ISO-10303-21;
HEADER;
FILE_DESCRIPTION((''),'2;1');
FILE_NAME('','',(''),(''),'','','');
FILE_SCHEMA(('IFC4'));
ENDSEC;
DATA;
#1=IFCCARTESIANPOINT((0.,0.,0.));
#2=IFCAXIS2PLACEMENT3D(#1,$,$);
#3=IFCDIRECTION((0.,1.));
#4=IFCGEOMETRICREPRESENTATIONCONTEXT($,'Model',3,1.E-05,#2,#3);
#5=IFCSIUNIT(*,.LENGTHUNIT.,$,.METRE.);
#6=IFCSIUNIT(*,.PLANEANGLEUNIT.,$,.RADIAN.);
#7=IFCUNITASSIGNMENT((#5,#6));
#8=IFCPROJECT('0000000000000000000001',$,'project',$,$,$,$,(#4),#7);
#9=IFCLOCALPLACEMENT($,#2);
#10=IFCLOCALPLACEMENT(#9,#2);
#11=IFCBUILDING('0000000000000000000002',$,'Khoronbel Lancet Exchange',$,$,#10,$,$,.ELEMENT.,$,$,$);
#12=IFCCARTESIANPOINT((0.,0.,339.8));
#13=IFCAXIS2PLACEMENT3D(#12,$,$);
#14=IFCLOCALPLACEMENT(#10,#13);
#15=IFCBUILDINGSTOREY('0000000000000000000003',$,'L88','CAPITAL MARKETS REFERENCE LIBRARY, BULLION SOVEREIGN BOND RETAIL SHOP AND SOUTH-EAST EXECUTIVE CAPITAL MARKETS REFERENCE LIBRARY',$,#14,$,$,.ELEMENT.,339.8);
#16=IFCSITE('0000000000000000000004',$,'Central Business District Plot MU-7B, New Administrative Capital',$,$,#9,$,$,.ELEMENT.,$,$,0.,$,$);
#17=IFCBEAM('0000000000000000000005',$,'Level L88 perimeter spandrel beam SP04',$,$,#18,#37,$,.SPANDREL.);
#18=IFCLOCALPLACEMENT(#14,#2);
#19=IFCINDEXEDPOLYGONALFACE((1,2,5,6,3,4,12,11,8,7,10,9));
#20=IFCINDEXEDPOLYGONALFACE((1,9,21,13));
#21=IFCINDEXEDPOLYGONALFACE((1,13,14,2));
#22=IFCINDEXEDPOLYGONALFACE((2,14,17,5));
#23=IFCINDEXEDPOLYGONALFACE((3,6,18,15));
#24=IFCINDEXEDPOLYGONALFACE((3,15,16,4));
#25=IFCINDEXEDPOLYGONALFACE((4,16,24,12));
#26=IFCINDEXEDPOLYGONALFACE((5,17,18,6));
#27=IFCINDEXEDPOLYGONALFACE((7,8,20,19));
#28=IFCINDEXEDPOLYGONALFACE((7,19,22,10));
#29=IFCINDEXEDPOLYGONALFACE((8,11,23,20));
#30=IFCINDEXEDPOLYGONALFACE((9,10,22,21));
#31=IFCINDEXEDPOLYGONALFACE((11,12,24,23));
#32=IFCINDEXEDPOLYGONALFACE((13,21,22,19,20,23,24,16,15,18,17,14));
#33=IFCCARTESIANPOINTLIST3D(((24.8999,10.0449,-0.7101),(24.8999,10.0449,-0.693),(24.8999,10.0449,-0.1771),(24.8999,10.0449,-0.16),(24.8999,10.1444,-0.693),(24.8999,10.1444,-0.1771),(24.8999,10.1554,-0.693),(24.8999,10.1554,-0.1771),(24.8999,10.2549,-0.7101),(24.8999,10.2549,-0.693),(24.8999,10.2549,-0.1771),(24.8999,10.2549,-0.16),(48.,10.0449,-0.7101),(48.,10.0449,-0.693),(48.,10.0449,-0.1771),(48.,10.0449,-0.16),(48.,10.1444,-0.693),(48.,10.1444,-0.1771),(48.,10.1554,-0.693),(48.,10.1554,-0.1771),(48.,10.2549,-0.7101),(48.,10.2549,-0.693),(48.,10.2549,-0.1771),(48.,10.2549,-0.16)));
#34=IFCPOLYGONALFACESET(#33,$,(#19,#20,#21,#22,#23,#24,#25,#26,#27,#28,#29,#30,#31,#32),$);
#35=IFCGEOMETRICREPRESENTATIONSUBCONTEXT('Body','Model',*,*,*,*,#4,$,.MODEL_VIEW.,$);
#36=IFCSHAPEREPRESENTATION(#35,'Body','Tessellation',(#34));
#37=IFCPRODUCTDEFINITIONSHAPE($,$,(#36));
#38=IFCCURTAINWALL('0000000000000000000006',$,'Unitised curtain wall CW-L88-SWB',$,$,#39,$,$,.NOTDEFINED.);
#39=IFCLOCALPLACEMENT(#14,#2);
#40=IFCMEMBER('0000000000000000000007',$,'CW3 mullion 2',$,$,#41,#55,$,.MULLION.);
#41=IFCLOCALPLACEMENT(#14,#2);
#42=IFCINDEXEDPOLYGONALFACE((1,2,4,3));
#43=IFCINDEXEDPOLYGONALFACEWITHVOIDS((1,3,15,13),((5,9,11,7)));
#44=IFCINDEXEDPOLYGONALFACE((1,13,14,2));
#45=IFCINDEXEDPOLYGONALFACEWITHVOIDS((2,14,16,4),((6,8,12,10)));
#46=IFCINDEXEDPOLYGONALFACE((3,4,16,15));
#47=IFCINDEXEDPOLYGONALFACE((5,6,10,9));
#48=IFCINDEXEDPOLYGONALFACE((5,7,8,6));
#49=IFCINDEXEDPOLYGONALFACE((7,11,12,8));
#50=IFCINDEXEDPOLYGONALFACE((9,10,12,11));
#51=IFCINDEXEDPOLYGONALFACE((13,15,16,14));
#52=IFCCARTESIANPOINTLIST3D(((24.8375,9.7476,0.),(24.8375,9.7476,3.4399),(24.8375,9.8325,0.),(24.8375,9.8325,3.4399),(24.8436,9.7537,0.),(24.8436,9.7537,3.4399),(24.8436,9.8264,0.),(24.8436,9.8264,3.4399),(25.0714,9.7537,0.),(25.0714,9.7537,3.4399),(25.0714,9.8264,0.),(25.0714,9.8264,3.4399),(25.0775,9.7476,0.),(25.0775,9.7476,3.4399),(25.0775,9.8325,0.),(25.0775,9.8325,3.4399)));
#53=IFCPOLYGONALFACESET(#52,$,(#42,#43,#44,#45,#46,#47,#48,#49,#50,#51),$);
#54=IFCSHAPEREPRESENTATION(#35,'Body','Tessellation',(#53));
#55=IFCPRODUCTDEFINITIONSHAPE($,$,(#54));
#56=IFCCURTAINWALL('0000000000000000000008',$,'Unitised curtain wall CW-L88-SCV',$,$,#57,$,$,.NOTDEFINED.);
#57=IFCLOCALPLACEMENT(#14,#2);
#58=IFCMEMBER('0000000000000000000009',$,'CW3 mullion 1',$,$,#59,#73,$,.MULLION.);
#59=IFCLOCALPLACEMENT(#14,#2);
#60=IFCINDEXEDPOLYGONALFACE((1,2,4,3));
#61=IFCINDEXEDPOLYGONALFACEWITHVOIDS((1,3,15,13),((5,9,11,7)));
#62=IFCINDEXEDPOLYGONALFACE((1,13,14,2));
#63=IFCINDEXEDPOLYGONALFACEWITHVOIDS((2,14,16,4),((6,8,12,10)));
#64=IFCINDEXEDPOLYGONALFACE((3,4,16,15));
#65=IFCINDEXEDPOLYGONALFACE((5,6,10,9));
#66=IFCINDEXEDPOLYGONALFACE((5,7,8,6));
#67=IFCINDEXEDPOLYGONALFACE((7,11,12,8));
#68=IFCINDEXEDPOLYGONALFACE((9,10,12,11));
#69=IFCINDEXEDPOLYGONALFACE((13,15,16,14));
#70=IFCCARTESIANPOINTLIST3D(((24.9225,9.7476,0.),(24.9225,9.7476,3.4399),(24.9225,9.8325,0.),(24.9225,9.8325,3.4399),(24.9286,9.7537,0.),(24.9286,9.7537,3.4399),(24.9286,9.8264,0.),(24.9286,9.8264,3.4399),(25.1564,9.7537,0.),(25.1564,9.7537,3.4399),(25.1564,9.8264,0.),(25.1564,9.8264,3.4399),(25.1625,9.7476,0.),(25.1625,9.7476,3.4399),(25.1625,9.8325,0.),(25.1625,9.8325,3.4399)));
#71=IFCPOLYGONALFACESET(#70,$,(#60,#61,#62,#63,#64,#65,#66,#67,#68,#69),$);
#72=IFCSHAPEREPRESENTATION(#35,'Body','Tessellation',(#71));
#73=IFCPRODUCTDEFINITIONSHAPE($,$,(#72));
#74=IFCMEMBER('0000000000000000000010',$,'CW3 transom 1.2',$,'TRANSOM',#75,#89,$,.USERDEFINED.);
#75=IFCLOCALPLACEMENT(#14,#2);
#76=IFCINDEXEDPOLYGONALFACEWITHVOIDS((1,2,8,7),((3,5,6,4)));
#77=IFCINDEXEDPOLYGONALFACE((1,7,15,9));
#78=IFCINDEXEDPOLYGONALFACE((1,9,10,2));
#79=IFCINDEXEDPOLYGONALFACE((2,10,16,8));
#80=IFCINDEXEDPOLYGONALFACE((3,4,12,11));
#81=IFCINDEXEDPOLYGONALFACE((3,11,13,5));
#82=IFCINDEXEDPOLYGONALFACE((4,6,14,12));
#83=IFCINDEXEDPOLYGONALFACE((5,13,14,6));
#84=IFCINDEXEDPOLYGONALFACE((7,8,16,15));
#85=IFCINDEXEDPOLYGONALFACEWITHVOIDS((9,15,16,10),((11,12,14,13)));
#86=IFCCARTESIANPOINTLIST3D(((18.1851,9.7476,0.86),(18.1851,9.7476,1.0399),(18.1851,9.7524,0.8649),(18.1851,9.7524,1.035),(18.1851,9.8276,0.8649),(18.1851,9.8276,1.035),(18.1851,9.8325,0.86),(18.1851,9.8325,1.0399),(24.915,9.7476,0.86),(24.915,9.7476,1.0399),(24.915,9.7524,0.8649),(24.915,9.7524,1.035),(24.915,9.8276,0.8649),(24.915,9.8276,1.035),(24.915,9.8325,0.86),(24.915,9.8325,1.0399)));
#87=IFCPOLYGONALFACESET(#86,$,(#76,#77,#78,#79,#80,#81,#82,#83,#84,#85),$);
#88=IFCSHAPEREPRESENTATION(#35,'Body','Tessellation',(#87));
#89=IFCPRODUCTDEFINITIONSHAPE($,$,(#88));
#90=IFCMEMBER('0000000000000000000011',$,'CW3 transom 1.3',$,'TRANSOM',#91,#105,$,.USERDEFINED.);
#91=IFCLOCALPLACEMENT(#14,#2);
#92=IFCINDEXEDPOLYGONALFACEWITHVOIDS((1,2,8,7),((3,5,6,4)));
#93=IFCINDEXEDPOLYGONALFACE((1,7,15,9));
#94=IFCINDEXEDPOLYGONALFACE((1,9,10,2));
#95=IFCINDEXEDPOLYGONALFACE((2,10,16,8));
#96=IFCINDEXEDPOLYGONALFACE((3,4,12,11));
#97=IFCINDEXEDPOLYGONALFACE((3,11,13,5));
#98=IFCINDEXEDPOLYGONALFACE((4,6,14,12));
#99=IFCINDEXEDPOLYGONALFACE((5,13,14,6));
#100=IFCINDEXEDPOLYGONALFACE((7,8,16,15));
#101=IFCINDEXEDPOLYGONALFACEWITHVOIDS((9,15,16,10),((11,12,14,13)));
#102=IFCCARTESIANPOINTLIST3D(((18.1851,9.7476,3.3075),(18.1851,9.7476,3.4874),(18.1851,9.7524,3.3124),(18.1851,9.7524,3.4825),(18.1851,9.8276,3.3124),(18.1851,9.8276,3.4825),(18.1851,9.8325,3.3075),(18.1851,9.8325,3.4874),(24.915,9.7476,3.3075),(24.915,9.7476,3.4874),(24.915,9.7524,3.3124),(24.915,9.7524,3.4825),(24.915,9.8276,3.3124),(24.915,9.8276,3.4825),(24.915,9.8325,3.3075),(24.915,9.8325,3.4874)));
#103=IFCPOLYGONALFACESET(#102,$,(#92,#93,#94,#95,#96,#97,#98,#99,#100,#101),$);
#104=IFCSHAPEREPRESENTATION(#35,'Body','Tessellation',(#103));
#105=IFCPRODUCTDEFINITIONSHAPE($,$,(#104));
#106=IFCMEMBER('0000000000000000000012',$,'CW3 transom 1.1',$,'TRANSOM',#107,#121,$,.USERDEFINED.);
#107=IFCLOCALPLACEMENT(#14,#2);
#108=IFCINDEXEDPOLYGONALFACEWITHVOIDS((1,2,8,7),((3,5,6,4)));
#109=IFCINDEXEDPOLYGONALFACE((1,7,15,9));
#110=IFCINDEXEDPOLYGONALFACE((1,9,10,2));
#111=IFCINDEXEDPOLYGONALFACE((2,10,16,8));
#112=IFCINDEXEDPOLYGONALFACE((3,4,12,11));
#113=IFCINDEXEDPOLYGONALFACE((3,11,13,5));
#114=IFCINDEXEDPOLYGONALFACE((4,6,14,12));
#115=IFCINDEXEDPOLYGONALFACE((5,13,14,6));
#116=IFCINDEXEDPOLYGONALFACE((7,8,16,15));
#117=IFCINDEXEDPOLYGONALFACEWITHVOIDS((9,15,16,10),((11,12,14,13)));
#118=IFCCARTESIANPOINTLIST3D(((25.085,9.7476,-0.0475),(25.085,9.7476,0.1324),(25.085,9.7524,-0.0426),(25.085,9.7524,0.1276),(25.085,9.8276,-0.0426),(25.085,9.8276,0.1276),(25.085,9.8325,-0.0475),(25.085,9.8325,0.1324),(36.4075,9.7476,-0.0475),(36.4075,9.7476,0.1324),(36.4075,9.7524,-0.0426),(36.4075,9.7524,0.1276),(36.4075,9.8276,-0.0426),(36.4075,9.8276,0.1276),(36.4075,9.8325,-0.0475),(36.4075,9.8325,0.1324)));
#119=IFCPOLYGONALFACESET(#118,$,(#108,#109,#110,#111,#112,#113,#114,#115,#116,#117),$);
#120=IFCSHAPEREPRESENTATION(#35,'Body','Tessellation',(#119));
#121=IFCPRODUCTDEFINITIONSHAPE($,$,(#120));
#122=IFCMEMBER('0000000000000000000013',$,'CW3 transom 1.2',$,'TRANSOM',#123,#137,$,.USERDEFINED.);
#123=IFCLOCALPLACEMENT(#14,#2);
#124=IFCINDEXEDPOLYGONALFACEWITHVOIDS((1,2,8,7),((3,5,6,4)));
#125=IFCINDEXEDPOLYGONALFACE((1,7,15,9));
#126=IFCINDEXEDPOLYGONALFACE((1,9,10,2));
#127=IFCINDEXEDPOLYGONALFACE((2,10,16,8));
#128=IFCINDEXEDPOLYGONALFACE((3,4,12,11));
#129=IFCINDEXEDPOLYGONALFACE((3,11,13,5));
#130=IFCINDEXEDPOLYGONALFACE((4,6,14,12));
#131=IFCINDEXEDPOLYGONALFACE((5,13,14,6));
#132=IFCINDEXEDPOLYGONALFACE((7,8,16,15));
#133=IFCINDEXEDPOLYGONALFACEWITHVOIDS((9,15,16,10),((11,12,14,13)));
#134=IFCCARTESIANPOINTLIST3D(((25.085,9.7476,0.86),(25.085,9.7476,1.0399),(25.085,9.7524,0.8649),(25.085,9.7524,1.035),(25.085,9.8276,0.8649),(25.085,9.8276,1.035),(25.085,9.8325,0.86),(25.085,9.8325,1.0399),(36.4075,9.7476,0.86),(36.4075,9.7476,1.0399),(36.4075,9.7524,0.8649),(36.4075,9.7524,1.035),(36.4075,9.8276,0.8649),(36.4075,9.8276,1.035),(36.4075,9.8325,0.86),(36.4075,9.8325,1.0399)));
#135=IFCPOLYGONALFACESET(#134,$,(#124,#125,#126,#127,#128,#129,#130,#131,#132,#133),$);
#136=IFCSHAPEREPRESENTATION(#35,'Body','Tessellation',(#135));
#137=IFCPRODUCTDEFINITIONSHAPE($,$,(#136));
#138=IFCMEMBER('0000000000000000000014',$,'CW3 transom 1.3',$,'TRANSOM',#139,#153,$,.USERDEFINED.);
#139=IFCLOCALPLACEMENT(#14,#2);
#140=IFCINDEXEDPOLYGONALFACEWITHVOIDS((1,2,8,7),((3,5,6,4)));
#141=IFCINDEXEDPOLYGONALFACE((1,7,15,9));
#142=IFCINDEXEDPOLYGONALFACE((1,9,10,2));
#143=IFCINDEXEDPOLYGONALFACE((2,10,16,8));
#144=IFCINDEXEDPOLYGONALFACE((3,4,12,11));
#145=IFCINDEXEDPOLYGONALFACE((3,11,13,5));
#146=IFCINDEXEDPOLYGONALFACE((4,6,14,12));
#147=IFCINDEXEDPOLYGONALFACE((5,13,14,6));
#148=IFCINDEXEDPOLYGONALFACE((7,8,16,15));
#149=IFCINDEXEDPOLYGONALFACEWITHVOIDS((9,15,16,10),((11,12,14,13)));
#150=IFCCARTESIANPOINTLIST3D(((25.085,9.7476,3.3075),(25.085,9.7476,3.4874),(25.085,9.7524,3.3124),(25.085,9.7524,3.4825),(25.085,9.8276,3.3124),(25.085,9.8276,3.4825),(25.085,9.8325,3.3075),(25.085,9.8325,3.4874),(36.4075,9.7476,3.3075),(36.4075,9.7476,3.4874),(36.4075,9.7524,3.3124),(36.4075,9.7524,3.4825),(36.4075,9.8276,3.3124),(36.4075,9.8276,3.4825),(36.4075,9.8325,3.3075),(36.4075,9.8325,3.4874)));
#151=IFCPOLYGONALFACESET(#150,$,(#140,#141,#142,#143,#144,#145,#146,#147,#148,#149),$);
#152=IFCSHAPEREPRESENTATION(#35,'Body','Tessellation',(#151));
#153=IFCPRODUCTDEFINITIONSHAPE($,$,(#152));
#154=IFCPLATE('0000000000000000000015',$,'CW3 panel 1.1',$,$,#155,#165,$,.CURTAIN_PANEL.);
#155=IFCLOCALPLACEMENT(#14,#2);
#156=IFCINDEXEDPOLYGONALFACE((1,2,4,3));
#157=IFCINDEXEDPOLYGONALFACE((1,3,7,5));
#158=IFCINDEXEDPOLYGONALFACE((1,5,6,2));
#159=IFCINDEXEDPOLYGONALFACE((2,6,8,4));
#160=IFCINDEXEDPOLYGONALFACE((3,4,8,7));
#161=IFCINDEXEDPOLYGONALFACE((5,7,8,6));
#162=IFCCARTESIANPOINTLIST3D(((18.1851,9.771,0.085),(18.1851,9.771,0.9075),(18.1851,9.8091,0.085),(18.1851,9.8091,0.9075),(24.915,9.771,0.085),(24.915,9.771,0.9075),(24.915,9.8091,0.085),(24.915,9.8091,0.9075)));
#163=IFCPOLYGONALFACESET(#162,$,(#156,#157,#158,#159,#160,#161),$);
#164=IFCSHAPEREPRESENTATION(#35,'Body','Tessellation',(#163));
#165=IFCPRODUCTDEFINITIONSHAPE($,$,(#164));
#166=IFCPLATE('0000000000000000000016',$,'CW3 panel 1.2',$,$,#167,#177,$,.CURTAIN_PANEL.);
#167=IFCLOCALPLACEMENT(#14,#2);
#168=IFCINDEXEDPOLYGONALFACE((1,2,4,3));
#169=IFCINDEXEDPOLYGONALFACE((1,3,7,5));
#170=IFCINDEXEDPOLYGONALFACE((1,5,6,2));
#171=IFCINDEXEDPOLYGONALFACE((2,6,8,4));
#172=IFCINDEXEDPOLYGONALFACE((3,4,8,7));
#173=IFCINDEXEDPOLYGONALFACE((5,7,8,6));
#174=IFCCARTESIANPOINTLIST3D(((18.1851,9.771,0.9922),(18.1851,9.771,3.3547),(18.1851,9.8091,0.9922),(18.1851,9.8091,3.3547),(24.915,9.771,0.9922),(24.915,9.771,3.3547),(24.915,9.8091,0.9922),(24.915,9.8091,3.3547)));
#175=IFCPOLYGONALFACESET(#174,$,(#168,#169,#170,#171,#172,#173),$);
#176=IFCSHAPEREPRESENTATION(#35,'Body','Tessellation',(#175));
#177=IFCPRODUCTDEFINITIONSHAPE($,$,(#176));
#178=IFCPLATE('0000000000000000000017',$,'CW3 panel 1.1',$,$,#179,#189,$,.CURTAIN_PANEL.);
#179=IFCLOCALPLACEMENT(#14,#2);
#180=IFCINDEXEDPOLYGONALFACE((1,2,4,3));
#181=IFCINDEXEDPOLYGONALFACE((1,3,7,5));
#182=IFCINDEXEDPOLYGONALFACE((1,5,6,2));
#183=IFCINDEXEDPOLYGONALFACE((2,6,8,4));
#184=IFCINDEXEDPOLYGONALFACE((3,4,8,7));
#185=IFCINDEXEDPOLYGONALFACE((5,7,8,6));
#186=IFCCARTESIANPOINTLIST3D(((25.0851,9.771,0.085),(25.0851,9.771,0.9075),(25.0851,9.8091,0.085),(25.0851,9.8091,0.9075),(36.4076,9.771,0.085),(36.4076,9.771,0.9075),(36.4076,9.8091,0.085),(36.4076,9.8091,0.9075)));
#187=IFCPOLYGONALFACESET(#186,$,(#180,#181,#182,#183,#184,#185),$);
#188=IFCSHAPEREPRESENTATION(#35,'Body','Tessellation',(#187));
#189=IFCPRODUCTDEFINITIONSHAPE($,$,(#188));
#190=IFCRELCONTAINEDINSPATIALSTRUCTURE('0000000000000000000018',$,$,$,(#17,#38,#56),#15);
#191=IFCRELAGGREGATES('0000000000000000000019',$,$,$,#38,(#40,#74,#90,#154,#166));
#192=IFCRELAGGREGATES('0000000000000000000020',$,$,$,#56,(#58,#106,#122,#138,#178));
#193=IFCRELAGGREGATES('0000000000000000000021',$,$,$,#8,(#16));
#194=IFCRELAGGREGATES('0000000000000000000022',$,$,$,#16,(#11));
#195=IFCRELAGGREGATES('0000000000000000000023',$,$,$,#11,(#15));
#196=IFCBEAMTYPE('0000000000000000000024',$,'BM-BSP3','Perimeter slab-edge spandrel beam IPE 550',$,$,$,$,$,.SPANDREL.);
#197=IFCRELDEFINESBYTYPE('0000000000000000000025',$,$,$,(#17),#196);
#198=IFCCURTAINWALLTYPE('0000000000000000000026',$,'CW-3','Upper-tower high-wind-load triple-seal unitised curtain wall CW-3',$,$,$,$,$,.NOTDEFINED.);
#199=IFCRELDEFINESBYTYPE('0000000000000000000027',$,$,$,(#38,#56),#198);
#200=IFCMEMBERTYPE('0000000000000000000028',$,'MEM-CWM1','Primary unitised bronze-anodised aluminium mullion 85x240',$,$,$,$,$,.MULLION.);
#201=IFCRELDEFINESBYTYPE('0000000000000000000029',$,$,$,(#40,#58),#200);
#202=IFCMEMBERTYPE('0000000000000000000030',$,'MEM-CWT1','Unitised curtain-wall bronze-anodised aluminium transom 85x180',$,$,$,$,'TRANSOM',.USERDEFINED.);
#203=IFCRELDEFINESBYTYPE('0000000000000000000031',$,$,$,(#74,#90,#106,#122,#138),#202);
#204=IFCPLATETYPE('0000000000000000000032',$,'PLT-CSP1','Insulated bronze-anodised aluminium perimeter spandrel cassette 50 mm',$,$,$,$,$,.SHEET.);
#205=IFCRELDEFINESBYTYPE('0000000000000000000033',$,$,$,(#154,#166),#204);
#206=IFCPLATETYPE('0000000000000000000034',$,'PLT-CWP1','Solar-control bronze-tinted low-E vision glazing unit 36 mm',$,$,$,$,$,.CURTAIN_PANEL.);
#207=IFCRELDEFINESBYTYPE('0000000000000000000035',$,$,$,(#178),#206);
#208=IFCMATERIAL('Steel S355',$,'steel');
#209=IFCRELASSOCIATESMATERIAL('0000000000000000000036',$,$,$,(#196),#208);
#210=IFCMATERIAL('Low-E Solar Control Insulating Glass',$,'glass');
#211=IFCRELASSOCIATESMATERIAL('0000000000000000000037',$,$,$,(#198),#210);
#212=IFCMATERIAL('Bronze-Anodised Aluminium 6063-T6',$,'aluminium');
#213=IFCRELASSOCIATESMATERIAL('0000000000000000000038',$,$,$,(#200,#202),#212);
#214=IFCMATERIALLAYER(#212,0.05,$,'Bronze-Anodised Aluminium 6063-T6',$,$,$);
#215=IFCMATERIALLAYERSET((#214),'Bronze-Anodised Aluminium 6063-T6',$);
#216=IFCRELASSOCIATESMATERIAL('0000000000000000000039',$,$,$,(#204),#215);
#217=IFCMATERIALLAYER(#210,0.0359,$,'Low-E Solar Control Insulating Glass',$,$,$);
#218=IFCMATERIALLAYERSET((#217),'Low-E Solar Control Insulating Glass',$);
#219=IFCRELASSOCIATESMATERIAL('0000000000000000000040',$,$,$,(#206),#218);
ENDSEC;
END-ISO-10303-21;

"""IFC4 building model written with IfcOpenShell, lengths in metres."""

from ifc_helpers import new_model, si_unit, direction, frame, origin, origin_2d, place, context, subcontext, project, spatial, rectangle, hollow_rectangle, i_section, extrude, material, layer, layer_set, material_profile, profile_set, type_object, element, aggregate, save


model = new_model("IFC4")

# Units and contexts
model_context = context("Model", 3, precision=1e-05, world=origin(), true_north=direction((0.0, 1.0)))
body_context = subcontext(model_context, "Body", "Model", "MODEL_VIEW")
ifc_project = project(units=[si_unit("LENGTHUNIT", "METRE"), si_unit("PLANEANGLEUNIT", "RADIAN")], contexts=[model_context])

# Site, building, storey
site_placement = place(None, origin())
site = spatial("IfcSite", under=ifc_project, at=site_placement, Name="Central Business District Plot MU-7B, New Administrative Capital", CompositionType="ELEMENT", RefElevation=0.0)
building_placement = place(site_placement, origin())
building = spatial("IfcBuilding", under=site, at=building_placement, Name="Khoronbel Lancet Exchange", CompositionType="ELEMENT")
storey_placement = place(building_placement, frame((0.0, 0.0, 339.8)))
storey = spatial("IfcBuildingStorey", under=building, at=storey_placement, Name="L88", Description="CAPITAL MARKETS REFERENCE LIBRARY, BULLION SOVEREIGN BOND RETAIL SHOP AND SOUTH-EAST EXECUTIVE CAPITAL MARKETS REFERENCE LIBRARY", CompositionType="ELEMENT", Elevation=339.8)

# Beam
ifc_material_1 = material(Name="Steel S355", Category="steel")
ifc_material_profile_1 = material_profile(ifc_material_1, i_section(OverallWidth=0.21, OverallDepth=0.55, WebThickness=0.011, FlangeThickness=0.0171, at=origin_2d()), Name="IPE 550")
ifc_profile_set_1 = profile_set([ifc_material_profile_1], Name="Steel S355")
beam_type_1 = type_object("IfcBeamType", Name="BM-BSP3", Description="Perimeter slab-edge spandrel beam IPE 550", PredefinedType="SPANDREL", material=ifc_profile_set_1)
beam_1_placement = place(storey_placement, frame((24.8999, 10.1499, -0.4351), z_axis=(1.0, 0.0, 0.0), x_axis=(0.0, 1.0, 0.0)))
element("IfcBeam", 1, at=beam_1_placement, inside=storey, type_object=beam_type_1, Name="Level L88 perimeter spandrel beam SP04", PredefinedType="SPANDREL", context=body_context, shape_type="SweptSolid", body=[
    extrude(i_section(OverallWidth=0.21, OverallDepth=0.55, WebThickness=0.011, FlangeThickness=0.0171, at=origin_2d()), origin(), (0.0, 0.0, 1.0), 23.1001),
])

# Curtain walls, members
ifc_material_2 = material(Name="Low-E Solar Control Insulating Glass", Category="glass")
curtain_wall_type = type_object("IfcCurtainWallType", Name="CW-3", Description="Upper-tower high-wind-load triple-seal unitised curtain wall CW-3", PredefinedType="NOTDEFINED", material=ifc_material_2)
curtain_wall_1_placement = place(storey_placement, origin())
curtain_wall_1 = element("IfcCurtainWall", 2, at=curtain_wall_1_placement, inside=storey, type_object=curtain_wall_type, Name="Unitised curtain wall CW-L88-SWB", PredefinedType="NOTDEFINED")
ifc_material_3 = material(Name="Bronze-Anodised Aluminium 6063-T6", Category="aluminium")
ifc_material_profile_2 = material_profile(ifc_material_3, hollow_rectangle(XDim=0.085, YDim=0.24, WallThickness=0.0061, at=origin_2d()), Name="ALU MULLION 85x240")
ifc_profile_set_2 = profile_set([ifc_material_profile_2], Name="Bronze-Anodised Aluminium 6063-T6")
member_type_1 = type_object("IfcMemberType", Name="MEM-CWM1", Description="Primary unitised bronze-anodised aluminium mullion 85x240", PredefinedType="MULLION", material=ifc_profile_set_2)
member_1_placement = place(storey_placement, frame((24.9575, 9.79, 0.0), z_axis=(0.0, 0.0, 1.0), x_axis=(0.0, 1.0, 0.0)))
member_1 = element("IfcMember", 3, at=member_1_placement, type_object=member_type_1, Name="CW3 mullion 2", PredefinedType="MULLION", context=body_context, shape_type="SweptSolid", body=[
    extrude(hollow_rectangle(XDim=0.085, YDim=0.24, WallThickness=0.0061, at=origin_2d()), origin(), (0.0, 0.0, 1.0), 3.4399),
])
curtain_wall_2_placement = place(storey_placement, origin())
curtain_wall_2 = element("IfcCurtainWall", 4, at=curtain_wall_2_placement, inside=storey, type_object=curtain_wall_type, Name="Unitised curtain wall CW-L88-SCV", PredefinedType="NOTDEFINED")
member_2_placement = place(storey_placement, frame((25.0425, 9.79, 0.0), z_axis=(0.0, 0.0, 1.0), x_axis=(0.0, 1.0, 0.0)))
member_2 = element("IfcMember", 5, at=member_2_placement, type_object=member_type_1, Name="CW3 mullion 1", PredefinedType="MULLION", context=body_context, shape_type="SweptSolid", body=[
    extrude(hollow_rectangle(XDim=0.085, YDim=0.24, WallThickness=0.0061, at=origin_2d()), origin(), (0.0, 0.0, 1.0), 3.4399),
])

# Members
ifc_material_profile_3 = material_profile(ifc_material_3, hollow_rectangle(XDim=0.085, YDim=0.1799, WallThickness=0.0049, at=origin_2d()), Name="ALU TRANSOM 85x180")
ifc_profile_set_3 = profile_set([ifc_material_profile_3], Name="Bronze-Anodised Aluminium 6063-T6")
member_type_2 = type_object("IfcMemberType", Name="MEM-CWT1", Description="Unitised curtain-wall bronze-anodised aluminium transom 85x180", ElementType="TRANSOM", PredefinedType="USERDEFINED", material=ifc_profile_set_3)
member_3_placement = place(storey_placement, frame((18.1851, 9.79, 0.95), z_axis=(1.0, 0.0, 0.0), x_axis=(0.0, 1.0, 0.0)))
member_3 = element("IfcMember", 6, at=member_3_placement, type_object=member_type_2, Name="CW3 transom 1.2", ObjectType="TRANSOM", PredefinedType="USERDEFINED", context=body_context, shape_type="SweptSolid", body=[
    extrude(hollow_rectangle(XDim=0.085, YDim=0.1799, WallThickness=0.0049, at=origin_2d()), origin(), (0.0, 0.0, 1.0), 6.73),
])
member_4_placement = place(storey_placement, frame((18.1851, 9.79, 3.3975), z_axis=(1.0, 0.0, 0.0), x_axis=(0.0, 1.0, 0.0)))
member_4 = element("IfcMember", 7, at=member_4_placement, type_object=member_type_2, Name="CW3 transom 1.3", ObjectType="TRANSOM", PredefinedType="USERDEFINED", context=body_context, shape_type="SweptSolid", body=[
    extrude(hollow_rectangle(XDim=0.085, YDim=0.1799, WallThickness=0.0049, at=origin_2d()), origin(), (0.0, 0.0, 1.0), 6.73),
])
member_5_placement = place(storey_placement, frame((25.085, 9.79, 0.0425), z_axis=(1.0, 0.0, 0.0), x_axis=(0.0, 1.0, 0.0)))
member_5 = element("IfcMember", 8, at=member_5_placement, type_object=member_type_2, Name="CW3 transom 1.1", ObjectType="TRANSOM", PredefinedType="USERDEFINED", context=body_context, shape_type="SweptSolid", body=[
    extrude(hollow_rectangle(XDim=0.085, YDim=0.1799, WallThickness=0.0049, at=origin_2d()), origin(), (0.0, 0.0, 1.0), 11.3225),
])
member_6_placement = place(storey_placement, frame((25.085, 9.79, 0.95), z_axis=(1.0, 0.0, 0.0), x_axis=(0.0, 1.0, 0.0)))
member_6 = element("IfcMember", 9, at=member_6_placement, type_object=member_type_2, Name="CW3 transom 1.2", ObjectType="TRANSOM", PredefinedType="USERDEFINED", context=body_context, shape_type="SweptSolid", body=[
    extrude(hollow_rectangle(XDim=0.085, YDim=0.1799, WallThickness=0.0049, at=origin_2d()), origin(), (0.0, 0.0, 1.0), 11.3225),
])
member_7_placement = place(storey_placement, frame((25.085, 9.79, 3.3975), z_axis=(1.0, 0.0, 0.0), x_axis=(0.0, 1.0, 0.0)))
member_7 = element("IfcMember", 10, at=member_7_placement, type_object=member_type_2, Name="CW3 transom 1.3", ObjectType="TRANSOM", PredefinedType="USERDEFINED", context=body_context, shape_type="SweptSolid", body=[
    extrude(hollow_rectangle(XDim=0.085, YDim=0.1799, WallThickness=0.0049, at=origin_2d()), origin(), (0.0, 0.0, 1.0), 11.3225),
])

# Plates
ifc_layer_1 = layer(ifc_material_3, 0.05, Name="Bronze-Anodised Aluminium 6063-T6")
ifc_layer_set_1 = layer_set([ifc_layer_1], Name="Bronze-Anodised Aluminium 6063-T6")
plate_type_1 = type_object("IfcPlateType", Name="PLT-CSP1", Description="Insulated bronze-anodised aluminium perimeter spandrel cassette 50 mm", PredefinedType="SHEET", material=ifc_layer_set_1)
plate_1_placement = place(storey_placement, frame((21.55, 9.79, 0.085), z_axis=(0.0, 0.0, 1.0), x_axis=(1.0, 0.0, 0.0)))
plate_1 = element("IfcPlate", 11, at=plate_1_placement, type_object=plate_type_1, Name="CW3 panel 1.1", PredefinedType="CURTAIN_PANEL", context=body_context, shape_type="SweptSolid", body=[
    extrude(rectangle(XDim=6.73, YDim=0.0381, at=origin_2d()), origin(), (0.0, 0.0, 1.0), 0.8225),
])
plate_2_placement = place(storey_placement, frame((21.55, 9.79, 0.9922), z_axis=(0.0, 0.0, 1.0), x_axis=(1.0, 0.0, 0.0)))
plate_2 = element("IfcPlate", 12, at=plate_2_placement, type_object=plate_type_1, Name="CW3 panel 1.2", PredefinedType="CURTAIN_PANEL", context=body_context, shape_type="SweptSolid", body=[
    extrude(rectangle(XDim=6.73, YDim=0.0381, at=origin_2d()), origin(), (0.0, 0.0, 1.0), 2.3625),
])
aggregate(curtain_wall_1, [member_1, member_3, member_4, plate_1, plate_2])
ifc_layer_2 = layer(ifc_material_2, 0.0359, Name="Low-E Solar Control Insulating Glass")
ifc_layer_set_2 = layer_set([ifc_layer_2], Name="Low-E Solar Control Insulating Glass")
plate_type_2 = type_object("IfcPlateType", Name="PLT-CWP1", Description="Solar-control bronze-tinted low-E vision glazing unit 36 mm", PredefinedType="CURTAIN_PANEL", material=ifc_layer_set_2)
plate_3_placement = place(storey_placement, frame((30.7463, 9.79, 0.085), z_axis=(0.0, 0.0, 1.0), x_axis=(1.0, 0.0, 0.0)))
plate_3 = element("IfcPlate", 13, at=plate_3_placement, type_object=plate_type_2, Name="CW3 panel 1.1", PredefinedType="CURTAIN_PANEL", context=body_context, shape_type="SweptSolid", body=[
    extrude(rectangle(XDim=11.3225, YDim=0.0381, at=origin_2d()), origin(), (0.0, 0.0, 1.0), 0.8225),
])
aggregate(curtain_wall_2, [member_2, member_5, member_6, member_7, plate_3])

save(model, "model.ifc")
